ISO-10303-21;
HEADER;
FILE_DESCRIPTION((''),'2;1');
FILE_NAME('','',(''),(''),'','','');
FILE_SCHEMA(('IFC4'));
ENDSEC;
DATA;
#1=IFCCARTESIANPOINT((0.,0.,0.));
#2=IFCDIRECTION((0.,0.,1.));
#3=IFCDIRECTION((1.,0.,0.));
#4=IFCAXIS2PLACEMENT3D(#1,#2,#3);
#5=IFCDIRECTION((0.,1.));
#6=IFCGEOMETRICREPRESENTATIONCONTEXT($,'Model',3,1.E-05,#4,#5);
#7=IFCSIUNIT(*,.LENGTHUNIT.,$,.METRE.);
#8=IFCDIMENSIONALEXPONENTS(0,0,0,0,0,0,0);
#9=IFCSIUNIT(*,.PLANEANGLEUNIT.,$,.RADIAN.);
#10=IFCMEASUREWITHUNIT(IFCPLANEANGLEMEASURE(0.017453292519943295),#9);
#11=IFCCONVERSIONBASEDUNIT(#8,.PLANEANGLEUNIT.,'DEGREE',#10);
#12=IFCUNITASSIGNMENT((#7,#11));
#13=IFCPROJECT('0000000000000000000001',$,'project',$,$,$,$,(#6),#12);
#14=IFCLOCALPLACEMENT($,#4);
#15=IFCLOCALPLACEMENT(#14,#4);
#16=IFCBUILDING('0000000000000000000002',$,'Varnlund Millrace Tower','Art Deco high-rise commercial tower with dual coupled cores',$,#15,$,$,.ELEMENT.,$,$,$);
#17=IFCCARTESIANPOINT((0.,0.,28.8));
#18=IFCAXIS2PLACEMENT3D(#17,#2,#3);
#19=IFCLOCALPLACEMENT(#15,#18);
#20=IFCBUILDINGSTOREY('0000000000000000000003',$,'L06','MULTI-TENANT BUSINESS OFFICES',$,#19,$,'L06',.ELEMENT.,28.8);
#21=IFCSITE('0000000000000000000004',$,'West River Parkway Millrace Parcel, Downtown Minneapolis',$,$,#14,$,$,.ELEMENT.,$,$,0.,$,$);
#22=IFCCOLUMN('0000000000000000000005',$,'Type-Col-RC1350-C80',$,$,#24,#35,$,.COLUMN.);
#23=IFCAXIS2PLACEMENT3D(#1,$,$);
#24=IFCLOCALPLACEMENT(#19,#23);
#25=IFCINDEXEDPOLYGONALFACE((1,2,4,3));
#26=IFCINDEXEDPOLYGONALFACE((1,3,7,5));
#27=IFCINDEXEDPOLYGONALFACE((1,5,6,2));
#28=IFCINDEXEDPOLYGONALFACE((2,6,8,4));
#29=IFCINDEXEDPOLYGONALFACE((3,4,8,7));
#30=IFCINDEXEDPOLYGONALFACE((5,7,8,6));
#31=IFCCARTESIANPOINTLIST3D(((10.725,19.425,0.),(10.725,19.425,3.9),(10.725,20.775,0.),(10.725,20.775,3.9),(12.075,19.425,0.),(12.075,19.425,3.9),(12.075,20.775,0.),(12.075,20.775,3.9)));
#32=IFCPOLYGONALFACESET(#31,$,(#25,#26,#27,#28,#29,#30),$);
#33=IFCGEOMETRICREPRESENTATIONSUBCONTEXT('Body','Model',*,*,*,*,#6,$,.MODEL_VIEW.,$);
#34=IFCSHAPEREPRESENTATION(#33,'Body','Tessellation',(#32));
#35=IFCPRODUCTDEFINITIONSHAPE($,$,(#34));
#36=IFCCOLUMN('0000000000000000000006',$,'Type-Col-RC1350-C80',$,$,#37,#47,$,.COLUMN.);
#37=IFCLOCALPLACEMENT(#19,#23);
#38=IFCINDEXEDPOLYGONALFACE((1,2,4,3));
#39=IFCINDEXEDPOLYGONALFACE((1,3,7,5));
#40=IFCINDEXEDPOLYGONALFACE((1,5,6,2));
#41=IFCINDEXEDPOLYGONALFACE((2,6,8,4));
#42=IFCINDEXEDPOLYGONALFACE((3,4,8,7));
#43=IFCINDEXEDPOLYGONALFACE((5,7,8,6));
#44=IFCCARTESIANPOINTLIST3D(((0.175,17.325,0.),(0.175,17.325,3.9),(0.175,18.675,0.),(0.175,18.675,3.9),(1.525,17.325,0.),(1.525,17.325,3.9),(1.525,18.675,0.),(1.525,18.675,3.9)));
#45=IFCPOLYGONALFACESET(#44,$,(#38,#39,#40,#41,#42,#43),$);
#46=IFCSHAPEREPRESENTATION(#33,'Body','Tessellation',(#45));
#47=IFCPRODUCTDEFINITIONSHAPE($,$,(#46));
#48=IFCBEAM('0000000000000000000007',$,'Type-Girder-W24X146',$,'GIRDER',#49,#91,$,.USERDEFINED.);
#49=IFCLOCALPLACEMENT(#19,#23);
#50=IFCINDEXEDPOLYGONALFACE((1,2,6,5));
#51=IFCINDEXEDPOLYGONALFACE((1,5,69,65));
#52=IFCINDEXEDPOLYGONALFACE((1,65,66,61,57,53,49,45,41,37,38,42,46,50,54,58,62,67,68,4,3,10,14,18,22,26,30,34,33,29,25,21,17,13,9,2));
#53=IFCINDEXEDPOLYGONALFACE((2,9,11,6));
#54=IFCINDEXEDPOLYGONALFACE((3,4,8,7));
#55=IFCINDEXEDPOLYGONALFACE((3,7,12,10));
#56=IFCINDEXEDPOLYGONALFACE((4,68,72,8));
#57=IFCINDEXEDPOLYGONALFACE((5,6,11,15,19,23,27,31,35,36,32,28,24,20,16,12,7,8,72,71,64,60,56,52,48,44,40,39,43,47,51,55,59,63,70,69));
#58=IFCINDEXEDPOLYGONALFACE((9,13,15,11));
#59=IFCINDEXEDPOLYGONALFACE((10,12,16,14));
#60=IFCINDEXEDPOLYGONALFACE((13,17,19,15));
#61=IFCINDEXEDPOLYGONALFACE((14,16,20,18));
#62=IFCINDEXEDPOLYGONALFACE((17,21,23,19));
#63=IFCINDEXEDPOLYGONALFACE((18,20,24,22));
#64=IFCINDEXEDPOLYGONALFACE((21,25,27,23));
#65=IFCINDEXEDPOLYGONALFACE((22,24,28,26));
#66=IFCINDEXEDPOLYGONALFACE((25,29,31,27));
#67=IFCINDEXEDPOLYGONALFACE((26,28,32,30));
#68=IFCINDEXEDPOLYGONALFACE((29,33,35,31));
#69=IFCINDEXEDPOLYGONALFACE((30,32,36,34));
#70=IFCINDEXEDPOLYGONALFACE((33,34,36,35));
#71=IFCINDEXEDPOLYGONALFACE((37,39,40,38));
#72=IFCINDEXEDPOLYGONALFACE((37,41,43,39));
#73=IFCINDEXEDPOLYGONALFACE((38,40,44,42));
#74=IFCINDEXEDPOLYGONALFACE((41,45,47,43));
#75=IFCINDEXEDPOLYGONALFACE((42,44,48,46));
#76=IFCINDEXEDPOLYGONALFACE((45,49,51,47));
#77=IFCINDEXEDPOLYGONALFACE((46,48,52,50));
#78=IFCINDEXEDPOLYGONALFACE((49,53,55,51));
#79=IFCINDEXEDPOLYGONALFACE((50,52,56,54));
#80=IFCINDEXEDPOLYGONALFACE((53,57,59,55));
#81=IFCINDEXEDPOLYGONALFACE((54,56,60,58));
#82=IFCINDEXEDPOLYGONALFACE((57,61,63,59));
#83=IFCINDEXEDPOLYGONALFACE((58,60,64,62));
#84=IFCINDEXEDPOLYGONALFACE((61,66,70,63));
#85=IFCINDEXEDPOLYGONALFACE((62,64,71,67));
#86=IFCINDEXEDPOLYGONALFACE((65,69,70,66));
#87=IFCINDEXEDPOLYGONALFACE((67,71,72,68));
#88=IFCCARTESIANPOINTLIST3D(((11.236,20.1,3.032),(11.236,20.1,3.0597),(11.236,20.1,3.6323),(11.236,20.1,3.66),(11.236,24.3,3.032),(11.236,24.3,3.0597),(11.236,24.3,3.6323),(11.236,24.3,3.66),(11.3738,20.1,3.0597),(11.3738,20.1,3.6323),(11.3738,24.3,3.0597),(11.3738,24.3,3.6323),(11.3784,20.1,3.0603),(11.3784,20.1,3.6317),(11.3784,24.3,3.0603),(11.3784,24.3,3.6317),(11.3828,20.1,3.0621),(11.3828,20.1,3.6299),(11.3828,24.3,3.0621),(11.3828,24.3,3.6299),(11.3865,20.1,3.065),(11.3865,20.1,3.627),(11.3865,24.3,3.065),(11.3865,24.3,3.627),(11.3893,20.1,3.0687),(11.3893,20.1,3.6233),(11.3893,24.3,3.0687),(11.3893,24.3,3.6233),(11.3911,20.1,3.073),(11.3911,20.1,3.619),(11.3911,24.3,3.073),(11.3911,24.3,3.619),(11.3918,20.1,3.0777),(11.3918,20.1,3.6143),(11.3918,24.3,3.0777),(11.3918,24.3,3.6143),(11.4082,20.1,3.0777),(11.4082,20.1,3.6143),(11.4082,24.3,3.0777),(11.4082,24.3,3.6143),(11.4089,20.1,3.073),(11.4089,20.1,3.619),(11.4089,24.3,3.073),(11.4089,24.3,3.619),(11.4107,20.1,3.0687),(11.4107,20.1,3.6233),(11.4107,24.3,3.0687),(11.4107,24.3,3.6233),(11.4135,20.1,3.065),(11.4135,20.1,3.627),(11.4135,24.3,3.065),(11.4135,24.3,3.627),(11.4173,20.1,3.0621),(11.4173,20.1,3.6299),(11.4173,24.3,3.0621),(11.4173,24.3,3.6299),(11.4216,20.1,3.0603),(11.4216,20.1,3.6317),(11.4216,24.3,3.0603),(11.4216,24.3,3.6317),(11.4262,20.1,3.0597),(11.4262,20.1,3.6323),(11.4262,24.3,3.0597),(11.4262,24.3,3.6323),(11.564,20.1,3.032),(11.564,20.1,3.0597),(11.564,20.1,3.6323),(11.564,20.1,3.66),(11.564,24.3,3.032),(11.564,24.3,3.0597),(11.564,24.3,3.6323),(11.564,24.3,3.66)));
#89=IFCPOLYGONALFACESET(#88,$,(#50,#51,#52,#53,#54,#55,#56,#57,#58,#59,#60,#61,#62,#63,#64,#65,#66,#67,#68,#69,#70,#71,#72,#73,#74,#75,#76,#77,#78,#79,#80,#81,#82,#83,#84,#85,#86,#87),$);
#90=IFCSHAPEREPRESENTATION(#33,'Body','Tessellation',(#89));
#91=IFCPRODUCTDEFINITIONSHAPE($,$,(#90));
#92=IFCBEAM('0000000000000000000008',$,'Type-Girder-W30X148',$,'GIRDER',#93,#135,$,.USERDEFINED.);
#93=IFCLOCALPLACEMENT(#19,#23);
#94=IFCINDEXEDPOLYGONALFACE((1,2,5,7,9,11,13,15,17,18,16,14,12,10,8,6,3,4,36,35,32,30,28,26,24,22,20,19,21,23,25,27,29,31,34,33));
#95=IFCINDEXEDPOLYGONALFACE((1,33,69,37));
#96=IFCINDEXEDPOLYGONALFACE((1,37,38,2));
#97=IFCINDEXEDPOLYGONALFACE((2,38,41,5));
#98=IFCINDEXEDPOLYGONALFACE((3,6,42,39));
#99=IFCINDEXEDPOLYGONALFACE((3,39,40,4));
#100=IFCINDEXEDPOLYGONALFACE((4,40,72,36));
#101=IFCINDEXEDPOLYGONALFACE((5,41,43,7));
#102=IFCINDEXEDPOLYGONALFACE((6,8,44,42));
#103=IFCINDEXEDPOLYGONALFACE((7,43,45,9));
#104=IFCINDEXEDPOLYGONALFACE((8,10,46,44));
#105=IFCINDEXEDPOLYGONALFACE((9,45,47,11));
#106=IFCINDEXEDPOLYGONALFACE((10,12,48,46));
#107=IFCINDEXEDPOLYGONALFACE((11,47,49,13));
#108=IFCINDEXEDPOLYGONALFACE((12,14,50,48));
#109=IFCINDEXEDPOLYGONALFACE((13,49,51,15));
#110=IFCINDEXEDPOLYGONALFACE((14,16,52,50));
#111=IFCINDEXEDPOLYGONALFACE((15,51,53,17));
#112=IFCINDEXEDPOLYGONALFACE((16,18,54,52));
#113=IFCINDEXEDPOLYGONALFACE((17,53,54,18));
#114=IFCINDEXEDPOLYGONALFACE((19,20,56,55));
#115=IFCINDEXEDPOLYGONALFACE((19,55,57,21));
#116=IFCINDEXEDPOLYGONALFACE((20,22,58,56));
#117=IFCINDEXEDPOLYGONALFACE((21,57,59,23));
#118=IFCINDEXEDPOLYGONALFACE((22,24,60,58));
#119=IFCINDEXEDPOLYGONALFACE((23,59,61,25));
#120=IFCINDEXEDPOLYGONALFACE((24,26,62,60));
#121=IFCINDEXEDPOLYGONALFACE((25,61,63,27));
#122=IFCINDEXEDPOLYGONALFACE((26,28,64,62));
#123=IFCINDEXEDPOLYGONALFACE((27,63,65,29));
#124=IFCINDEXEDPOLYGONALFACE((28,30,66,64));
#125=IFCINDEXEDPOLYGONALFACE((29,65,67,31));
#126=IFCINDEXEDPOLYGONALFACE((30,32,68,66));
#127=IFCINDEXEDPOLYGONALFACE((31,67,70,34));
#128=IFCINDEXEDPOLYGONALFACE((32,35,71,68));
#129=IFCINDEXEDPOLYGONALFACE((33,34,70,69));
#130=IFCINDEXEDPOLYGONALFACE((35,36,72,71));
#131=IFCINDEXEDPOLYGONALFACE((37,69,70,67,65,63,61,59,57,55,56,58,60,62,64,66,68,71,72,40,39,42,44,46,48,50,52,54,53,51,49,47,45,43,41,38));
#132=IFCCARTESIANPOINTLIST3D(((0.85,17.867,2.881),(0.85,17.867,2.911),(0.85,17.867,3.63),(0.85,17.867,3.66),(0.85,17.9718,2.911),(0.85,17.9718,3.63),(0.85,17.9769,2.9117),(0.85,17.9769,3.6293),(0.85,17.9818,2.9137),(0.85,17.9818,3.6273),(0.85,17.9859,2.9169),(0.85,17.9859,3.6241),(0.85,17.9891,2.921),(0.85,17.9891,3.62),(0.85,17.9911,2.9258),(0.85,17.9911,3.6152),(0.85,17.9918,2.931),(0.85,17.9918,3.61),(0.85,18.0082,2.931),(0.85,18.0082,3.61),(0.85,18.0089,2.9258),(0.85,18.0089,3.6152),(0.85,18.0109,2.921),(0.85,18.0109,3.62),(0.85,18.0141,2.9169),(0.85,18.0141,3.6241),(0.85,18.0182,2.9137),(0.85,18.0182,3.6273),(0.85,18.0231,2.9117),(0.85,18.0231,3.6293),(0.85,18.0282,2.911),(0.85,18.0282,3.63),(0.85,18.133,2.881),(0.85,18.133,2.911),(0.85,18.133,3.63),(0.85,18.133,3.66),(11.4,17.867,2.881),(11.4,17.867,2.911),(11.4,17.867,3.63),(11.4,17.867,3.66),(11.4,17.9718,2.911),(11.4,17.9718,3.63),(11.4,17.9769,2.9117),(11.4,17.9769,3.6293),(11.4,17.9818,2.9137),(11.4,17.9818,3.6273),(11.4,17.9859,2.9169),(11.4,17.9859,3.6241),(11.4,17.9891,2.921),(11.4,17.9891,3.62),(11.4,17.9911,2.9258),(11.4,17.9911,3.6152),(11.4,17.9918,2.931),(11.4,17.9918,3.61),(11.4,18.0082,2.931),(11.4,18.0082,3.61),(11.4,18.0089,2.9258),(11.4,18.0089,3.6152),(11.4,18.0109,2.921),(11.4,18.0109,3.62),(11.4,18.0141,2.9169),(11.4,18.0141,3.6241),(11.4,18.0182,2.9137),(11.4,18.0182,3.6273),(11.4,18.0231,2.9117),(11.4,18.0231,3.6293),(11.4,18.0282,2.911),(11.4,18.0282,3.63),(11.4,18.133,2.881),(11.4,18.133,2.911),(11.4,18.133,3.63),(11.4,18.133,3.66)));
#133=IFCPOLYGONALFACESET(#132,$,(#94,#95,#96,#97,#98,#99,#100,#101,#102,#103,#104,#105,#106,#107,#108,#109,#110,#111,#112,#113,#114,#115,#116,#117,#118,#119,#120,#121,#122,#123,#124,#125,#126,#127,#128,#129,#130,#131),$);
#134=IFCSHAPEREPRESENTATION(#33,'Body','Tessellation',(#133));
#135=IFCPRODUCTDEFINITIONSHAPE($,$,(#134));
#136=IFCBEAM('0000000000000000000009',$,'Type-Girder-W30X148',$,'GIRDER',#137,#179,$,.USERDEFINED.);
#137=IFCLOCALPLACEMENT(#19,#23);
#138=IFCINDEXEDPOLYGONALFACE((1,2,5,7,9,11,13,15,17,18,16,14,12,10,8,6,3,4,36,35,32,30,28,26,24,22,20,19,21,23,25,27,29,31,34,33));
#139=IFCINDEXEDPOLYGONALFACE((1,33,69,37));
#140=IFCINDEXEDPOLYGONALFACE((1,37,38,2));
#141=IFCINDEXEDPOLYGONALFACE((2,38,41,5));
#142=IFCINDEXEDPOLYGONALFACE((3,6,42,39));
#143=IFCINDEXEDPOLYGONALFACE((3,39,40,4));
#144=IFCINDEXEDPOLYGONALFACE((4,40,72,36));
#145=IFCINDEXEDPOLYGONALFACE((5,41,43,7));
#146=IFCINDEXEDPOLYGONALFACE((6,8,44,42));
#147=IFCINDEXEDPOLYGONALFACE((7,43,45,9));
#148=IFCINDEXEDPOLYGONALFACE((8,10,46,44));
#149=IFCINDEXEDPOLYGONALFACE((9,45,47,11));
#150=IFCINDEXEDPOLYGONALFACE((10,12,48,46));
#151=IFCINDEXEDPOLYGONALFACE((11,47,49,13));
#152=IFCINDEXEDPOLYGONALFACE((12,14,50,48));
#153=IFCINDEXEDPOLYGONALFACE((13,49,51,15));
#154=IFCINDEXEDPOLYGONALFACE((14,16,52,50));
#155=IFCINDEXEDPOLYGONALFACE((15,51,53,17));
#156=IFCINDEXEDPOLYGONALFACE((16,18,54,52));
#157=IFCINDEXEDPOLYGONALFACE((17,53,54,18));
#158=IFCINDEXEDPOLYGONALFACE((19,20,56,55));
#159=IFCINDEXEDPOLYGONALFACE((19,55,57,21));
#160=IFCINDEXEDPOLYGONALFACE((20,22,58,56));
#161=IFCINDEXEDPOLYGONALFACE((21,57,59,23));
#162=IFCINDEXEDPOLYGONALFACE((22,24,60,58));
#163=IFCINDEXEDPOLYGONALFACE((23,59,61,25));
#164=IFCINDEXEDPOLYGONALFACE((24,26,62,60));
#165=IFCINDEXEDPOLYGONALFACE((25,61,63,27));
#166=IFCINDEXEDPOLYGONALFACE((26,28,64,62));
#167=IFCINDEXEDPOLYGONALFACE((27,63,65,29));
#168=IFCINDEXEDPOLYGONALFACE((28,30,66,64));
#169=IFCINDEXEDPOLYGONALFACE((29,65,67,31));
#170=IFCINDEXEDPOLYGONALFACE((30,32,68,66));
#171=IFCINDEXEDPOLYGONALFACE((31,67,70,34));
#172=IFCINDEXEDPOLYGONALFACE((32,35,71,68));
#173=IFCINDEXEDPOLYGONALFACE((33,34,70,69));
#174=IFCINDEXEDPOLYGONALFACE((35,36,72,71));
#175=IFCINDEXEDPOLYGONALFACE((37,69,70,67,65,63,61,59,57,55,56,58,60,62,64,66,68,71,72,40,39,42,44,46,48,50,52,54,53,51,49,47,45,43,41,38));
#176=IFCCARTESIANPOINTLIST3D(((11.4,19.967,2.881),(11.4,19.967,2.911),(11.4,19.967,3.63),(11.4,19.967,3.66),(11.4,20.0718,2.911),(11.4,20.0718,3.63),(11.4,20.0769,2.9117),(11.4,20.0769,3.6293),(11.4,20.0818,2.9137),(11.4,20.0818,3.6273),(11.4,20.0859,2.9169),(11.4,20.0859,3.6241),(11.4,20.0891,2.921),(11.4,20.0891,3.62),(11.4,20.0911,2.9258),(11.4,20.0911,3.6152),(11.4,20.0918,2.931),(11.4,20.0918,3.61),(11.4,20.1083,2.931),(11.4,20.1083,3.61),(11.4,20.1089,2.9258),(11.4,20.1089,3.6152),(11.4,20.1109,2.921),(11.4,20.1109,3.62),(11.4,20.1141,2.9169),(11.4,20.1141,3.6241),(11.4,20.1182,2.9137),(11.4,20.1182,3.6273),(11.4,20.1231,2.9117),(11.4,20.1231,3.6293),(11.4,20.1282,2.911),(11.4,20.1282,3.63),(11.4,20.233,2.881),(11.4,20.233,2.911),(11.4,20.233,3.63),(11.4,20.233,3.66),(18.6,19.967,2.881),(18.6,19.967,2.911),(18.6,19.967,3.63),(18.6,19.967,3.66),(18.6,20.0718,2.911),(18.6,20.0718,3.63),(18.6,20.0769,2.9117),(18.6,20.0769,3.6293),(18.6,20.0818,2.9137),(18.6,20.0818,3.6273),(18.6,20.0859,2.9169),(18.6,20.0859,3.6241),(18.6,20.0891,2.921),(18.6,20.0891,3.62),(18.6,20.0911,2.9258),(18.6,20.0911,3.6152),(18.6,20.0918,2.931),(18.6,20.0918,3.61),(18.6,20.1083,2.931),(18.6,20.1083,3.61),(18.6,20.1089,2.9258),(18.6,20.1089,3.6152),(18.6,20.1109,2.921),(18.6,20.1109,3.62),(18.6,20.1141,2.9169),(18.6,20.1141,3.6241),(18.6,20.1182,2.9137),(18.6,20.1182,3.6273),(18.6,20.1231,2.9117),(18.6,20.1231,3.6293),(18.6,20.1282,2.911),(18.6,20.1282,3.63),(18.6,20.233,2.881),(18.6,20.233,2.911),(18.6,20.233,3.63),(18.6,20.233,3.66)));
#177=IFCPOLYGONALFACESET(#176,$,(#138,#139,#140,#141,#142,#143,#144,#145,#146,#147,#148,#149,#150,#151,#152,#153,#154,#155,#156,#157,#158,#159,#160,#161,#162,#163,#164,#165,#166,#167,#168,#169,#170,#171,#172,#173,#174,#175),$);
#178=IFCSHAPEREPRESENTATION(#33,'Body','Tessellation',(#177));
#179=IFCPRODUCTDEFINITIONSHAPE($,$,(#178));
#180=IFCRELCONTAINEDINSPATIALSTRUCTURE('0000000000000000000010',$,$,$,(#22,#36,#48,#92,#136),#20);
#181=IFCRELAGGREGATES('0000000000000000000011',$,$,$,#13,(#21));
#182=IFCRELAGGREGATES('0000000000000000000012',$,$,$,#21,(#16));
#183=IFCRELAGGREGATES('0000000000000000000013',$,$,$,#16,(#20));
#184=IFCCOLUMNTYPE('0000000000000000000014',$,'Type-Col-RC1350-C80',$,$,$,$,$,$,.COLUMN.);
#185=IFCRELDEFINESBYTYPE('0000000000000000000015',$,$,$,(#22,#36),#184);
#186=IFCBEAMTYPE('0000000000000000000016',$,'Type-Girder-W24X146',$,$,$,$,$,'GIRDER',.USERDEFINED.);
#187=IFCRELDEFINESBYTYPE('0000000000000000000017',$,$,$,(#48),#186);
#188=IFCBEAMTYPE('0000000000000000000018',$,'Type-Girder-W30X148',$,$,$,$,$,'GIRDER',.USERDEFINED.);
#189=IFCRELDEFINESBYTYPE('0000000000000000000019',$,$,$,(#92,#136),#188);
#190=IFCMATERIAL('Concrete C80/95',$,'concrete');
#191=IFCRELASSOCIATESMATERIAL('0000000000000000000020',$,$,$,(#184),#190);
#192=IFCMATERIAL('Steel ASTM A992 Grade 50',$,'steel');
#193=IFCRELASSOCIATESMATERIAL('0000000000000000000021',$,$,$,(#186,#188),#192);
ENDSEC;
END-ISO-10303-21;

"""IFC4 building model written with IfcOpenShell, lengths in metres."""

from ifc_helpers import new_model, entity, si_unit, converted_unit, direction, frame, origin_with_axes, origin_2d_with_axis, place, context, subcontext, project, spatial, rectangle, i_section, extrude, material, material_profile, profile_set, type_object, element, save


model = new_model("IFC4")

# Units and contexts
model_context = context("Model", 3, precision=1e-05, world=origin_with_axes(), true_north=direction((0.0, 1.0)))
body_context = subcontext(model_context, "Body", "Model", "MODEL_VIEW")
ifc_project = project(units=[si_unit("LENGTHUNIT", "METRE"), converted_unit("PLANEANGLEUNIT", "DEGREE", entity("IfcPlaneAngleMeasure", 0.017453292519943295), si_unit("PLANEANGLEUNIT", "RADIAN"), dimensions=[0, 0, 0, 0, 0, 0, 0])], contexts=[model_context])

# Site, building, storey
site_placement = place(None, origin_with_axes())
site = spatial("IfcSite", under=ifc_project, at=site_placement, Name="West River Parkway Millrace Parcel, Downtown Minneapolis", CompositionType="ELEMENT", RefElevation=0.0)
building_placement = place(site_placement, origin_with_axes())
building = spatial("IfcBuilding", under=site, at=building_placement, Name="Varnlund Millrace Tower", Description="Art Deco high-rise commercial tower with dual coupled cores", CompositionType="ELEMENT")
storey_placement = place(building_placement, frame((0.0, 0.0, 28.8), z_axis=(0.0, 0.0, 1.0), x_axis=(1.0, 0.0, 0.0)))
storey = spatial("IfcBuildingStorey", under=building, at=storey_placement, Name="L06", Description="MULTI-TENANT BUSINESS OFFICES", LongName="L06", CompositionType="ELEMENT", Elevation=28.8)

# Columns
ifc_material_1 = material(Name="Concrete C80/95", Category="concrete")
ifc_material_profile_1 = material_profile(ifc_material_1, rectangle(XDim=1.35, YDim=1.35, at=origin_2d_with_axis()), Name="Concrete C80/95")
ifc_profile_set_1 = profile_set([ifc_material_profile_1], Name="Concrete C80/95")
column_type = type_object("IfcColumnType", Name="Type-Col-RC1350-C80", PredefinedType="COLUMN", material=ifc_profile_set_1)
for number, where, z_axis, x_axis, name in (
    (1, (11.4, 20.1, 0.0), (0.0, 0.0, 1.0), (1.0, 0.0, 0.0), "Type-Col-RC1350-C80"),
    (2, (0.85, 18.0, 0.0), (0.0, 0.0, 1.0), (1.0, 0.0, 0.0), "Type-Col-RC1350-C80"),
):
    element("IfcColumn", number, at=place(storey_placement, frame(where, z_axis=z_axis, x_axis=x_axis)), inside=storey, type_object=column_type, Name=name, PredefinedType="COLUMN", context=body_context, shape_type="SweptSolid", body=[
        extrude(rectangle(XDim=1.35, YDim=1.35, at=origin_2d_with_axis()), origin_with_axes(), (0.0, 0.0, 1.0), 3.9),
    ])

# Beams
ifc_material_2 = material(Name="Steel ASTM A992 Grade 50", Category="steel")
ifc_material_profile_2 = material_profile(ifc_material_2, i_section(OverallWidth=0.328, OverallDepth=0.628, WebThickness=0.0165, FlangeThickness=0.0277, FilletRadius=0.018, at=origin_2d_with_axis()), Name="Steel ASTM A992 Grade 50")
ifc_profile_set_2 = profile_set([ifc_material_profile_2], Name="Steel ASTM A992 Grade 50")
beam_type_1 = type_object("IfcBeamType", Name="Type-Girder-W24X146", ElementType="GIRDER", PredefinedType="USERDEFINED", material=ifc_profile_set_2)
beam_1_placement = place(storey_placement, frame((11.4, 20.1, 3.346), z_axis=(0.0, 1.0, 0.0), x_axis=(-1.0, 0.0, 0.0)))
element("IfcBeam", 3, at=beam_1_placement, inside=storey, type_object=beam_type_1, Name="Type-Girder-W24X146", ObjectType="GIRDER", PredefinedType="USERDEFINED", context=body_context, shape_type="SweptSolid", body=[
    extrude(i_section(OverallWidth=0.328, OverallDepth=0.628, WebThickness=0.0165, FlangeThickness=0.0277, FilletRadius=0.018, at=origin_2d_with_axis()), origin_with_axes(), (0.0, 0.0, 1.0), 4.2),
])
ifc_material_profile_3 = material_profile(ifc_material_2, i_section(OverallWidth=0.266, OverallDepth=0.779, WebThickness=0.0165, FlangeThickness=0.03, FilletRadius=0.02, at=origin_2d_with_axis()), Name="Steel ASTM A992 Grade 50")
ifc_profile_set_3 = profile_set([ifc_material_profile_3], Name="Steel ASTM A992 Grade 50")
beam_type_2 = type_object("IfcBeamType", Name="Type-Girder-W30X148", ElementType="GIRDER", PredefinedType="USERDEFINED", material=ifc_profile_set_3)
beam_2_placement = place(storey_placement, frame((0.85, 18.0, 3.2705), z_axis=(1.0, 0.0, 0.0), x_axis=(0.0, 1.0, 0.0)))
element("IfcBeam", 4, at=beam_2_placement, inside=storey, type_object=beam_type_2, Name="Type-Girder-W30X148", ObjectType="GIRDER", PredefinedType="USERDEFINED", context=body_context, shape_type="SweptSolid", body=[
    extrude(i_section(OverallWidth=0.266, OverallDepth=0.779, WebThickness=0.0165, FlangeThickness=0.03, FilletRadius=0.02, at=origin_2d_with_axis()), origin_with_axes(), (0.0, 0.0, 1.0), 10.55),
])
beam_3_placement = place(storey_placement, frame((11.4, 20.1, 3.2705), z_axis=(1.0, 0.0, 0.0), x_axis=(0.0, 1.0, 0.0)))
element("IfcBeam", 5, at=beam_3_placement, inside=storey, type_object=beam_type_2, Name="Type-Girder-W30X148", ObjectType="GIRDER", PredefinedType="USERDEFINED", context=body_context, shape_type="SweptSolid", body=[
    extrude(i_section(OverallWidth=0.266, OverallDepth=0.779, WebThickness=0.0165, FlangeThickness=0.03, FilletRadius=0.02, at=origin_2d_with_axis()), origin_with_axes(), (0.0, 0.0, 1.0), 7.2),
])

save(model, "model.ifc")
